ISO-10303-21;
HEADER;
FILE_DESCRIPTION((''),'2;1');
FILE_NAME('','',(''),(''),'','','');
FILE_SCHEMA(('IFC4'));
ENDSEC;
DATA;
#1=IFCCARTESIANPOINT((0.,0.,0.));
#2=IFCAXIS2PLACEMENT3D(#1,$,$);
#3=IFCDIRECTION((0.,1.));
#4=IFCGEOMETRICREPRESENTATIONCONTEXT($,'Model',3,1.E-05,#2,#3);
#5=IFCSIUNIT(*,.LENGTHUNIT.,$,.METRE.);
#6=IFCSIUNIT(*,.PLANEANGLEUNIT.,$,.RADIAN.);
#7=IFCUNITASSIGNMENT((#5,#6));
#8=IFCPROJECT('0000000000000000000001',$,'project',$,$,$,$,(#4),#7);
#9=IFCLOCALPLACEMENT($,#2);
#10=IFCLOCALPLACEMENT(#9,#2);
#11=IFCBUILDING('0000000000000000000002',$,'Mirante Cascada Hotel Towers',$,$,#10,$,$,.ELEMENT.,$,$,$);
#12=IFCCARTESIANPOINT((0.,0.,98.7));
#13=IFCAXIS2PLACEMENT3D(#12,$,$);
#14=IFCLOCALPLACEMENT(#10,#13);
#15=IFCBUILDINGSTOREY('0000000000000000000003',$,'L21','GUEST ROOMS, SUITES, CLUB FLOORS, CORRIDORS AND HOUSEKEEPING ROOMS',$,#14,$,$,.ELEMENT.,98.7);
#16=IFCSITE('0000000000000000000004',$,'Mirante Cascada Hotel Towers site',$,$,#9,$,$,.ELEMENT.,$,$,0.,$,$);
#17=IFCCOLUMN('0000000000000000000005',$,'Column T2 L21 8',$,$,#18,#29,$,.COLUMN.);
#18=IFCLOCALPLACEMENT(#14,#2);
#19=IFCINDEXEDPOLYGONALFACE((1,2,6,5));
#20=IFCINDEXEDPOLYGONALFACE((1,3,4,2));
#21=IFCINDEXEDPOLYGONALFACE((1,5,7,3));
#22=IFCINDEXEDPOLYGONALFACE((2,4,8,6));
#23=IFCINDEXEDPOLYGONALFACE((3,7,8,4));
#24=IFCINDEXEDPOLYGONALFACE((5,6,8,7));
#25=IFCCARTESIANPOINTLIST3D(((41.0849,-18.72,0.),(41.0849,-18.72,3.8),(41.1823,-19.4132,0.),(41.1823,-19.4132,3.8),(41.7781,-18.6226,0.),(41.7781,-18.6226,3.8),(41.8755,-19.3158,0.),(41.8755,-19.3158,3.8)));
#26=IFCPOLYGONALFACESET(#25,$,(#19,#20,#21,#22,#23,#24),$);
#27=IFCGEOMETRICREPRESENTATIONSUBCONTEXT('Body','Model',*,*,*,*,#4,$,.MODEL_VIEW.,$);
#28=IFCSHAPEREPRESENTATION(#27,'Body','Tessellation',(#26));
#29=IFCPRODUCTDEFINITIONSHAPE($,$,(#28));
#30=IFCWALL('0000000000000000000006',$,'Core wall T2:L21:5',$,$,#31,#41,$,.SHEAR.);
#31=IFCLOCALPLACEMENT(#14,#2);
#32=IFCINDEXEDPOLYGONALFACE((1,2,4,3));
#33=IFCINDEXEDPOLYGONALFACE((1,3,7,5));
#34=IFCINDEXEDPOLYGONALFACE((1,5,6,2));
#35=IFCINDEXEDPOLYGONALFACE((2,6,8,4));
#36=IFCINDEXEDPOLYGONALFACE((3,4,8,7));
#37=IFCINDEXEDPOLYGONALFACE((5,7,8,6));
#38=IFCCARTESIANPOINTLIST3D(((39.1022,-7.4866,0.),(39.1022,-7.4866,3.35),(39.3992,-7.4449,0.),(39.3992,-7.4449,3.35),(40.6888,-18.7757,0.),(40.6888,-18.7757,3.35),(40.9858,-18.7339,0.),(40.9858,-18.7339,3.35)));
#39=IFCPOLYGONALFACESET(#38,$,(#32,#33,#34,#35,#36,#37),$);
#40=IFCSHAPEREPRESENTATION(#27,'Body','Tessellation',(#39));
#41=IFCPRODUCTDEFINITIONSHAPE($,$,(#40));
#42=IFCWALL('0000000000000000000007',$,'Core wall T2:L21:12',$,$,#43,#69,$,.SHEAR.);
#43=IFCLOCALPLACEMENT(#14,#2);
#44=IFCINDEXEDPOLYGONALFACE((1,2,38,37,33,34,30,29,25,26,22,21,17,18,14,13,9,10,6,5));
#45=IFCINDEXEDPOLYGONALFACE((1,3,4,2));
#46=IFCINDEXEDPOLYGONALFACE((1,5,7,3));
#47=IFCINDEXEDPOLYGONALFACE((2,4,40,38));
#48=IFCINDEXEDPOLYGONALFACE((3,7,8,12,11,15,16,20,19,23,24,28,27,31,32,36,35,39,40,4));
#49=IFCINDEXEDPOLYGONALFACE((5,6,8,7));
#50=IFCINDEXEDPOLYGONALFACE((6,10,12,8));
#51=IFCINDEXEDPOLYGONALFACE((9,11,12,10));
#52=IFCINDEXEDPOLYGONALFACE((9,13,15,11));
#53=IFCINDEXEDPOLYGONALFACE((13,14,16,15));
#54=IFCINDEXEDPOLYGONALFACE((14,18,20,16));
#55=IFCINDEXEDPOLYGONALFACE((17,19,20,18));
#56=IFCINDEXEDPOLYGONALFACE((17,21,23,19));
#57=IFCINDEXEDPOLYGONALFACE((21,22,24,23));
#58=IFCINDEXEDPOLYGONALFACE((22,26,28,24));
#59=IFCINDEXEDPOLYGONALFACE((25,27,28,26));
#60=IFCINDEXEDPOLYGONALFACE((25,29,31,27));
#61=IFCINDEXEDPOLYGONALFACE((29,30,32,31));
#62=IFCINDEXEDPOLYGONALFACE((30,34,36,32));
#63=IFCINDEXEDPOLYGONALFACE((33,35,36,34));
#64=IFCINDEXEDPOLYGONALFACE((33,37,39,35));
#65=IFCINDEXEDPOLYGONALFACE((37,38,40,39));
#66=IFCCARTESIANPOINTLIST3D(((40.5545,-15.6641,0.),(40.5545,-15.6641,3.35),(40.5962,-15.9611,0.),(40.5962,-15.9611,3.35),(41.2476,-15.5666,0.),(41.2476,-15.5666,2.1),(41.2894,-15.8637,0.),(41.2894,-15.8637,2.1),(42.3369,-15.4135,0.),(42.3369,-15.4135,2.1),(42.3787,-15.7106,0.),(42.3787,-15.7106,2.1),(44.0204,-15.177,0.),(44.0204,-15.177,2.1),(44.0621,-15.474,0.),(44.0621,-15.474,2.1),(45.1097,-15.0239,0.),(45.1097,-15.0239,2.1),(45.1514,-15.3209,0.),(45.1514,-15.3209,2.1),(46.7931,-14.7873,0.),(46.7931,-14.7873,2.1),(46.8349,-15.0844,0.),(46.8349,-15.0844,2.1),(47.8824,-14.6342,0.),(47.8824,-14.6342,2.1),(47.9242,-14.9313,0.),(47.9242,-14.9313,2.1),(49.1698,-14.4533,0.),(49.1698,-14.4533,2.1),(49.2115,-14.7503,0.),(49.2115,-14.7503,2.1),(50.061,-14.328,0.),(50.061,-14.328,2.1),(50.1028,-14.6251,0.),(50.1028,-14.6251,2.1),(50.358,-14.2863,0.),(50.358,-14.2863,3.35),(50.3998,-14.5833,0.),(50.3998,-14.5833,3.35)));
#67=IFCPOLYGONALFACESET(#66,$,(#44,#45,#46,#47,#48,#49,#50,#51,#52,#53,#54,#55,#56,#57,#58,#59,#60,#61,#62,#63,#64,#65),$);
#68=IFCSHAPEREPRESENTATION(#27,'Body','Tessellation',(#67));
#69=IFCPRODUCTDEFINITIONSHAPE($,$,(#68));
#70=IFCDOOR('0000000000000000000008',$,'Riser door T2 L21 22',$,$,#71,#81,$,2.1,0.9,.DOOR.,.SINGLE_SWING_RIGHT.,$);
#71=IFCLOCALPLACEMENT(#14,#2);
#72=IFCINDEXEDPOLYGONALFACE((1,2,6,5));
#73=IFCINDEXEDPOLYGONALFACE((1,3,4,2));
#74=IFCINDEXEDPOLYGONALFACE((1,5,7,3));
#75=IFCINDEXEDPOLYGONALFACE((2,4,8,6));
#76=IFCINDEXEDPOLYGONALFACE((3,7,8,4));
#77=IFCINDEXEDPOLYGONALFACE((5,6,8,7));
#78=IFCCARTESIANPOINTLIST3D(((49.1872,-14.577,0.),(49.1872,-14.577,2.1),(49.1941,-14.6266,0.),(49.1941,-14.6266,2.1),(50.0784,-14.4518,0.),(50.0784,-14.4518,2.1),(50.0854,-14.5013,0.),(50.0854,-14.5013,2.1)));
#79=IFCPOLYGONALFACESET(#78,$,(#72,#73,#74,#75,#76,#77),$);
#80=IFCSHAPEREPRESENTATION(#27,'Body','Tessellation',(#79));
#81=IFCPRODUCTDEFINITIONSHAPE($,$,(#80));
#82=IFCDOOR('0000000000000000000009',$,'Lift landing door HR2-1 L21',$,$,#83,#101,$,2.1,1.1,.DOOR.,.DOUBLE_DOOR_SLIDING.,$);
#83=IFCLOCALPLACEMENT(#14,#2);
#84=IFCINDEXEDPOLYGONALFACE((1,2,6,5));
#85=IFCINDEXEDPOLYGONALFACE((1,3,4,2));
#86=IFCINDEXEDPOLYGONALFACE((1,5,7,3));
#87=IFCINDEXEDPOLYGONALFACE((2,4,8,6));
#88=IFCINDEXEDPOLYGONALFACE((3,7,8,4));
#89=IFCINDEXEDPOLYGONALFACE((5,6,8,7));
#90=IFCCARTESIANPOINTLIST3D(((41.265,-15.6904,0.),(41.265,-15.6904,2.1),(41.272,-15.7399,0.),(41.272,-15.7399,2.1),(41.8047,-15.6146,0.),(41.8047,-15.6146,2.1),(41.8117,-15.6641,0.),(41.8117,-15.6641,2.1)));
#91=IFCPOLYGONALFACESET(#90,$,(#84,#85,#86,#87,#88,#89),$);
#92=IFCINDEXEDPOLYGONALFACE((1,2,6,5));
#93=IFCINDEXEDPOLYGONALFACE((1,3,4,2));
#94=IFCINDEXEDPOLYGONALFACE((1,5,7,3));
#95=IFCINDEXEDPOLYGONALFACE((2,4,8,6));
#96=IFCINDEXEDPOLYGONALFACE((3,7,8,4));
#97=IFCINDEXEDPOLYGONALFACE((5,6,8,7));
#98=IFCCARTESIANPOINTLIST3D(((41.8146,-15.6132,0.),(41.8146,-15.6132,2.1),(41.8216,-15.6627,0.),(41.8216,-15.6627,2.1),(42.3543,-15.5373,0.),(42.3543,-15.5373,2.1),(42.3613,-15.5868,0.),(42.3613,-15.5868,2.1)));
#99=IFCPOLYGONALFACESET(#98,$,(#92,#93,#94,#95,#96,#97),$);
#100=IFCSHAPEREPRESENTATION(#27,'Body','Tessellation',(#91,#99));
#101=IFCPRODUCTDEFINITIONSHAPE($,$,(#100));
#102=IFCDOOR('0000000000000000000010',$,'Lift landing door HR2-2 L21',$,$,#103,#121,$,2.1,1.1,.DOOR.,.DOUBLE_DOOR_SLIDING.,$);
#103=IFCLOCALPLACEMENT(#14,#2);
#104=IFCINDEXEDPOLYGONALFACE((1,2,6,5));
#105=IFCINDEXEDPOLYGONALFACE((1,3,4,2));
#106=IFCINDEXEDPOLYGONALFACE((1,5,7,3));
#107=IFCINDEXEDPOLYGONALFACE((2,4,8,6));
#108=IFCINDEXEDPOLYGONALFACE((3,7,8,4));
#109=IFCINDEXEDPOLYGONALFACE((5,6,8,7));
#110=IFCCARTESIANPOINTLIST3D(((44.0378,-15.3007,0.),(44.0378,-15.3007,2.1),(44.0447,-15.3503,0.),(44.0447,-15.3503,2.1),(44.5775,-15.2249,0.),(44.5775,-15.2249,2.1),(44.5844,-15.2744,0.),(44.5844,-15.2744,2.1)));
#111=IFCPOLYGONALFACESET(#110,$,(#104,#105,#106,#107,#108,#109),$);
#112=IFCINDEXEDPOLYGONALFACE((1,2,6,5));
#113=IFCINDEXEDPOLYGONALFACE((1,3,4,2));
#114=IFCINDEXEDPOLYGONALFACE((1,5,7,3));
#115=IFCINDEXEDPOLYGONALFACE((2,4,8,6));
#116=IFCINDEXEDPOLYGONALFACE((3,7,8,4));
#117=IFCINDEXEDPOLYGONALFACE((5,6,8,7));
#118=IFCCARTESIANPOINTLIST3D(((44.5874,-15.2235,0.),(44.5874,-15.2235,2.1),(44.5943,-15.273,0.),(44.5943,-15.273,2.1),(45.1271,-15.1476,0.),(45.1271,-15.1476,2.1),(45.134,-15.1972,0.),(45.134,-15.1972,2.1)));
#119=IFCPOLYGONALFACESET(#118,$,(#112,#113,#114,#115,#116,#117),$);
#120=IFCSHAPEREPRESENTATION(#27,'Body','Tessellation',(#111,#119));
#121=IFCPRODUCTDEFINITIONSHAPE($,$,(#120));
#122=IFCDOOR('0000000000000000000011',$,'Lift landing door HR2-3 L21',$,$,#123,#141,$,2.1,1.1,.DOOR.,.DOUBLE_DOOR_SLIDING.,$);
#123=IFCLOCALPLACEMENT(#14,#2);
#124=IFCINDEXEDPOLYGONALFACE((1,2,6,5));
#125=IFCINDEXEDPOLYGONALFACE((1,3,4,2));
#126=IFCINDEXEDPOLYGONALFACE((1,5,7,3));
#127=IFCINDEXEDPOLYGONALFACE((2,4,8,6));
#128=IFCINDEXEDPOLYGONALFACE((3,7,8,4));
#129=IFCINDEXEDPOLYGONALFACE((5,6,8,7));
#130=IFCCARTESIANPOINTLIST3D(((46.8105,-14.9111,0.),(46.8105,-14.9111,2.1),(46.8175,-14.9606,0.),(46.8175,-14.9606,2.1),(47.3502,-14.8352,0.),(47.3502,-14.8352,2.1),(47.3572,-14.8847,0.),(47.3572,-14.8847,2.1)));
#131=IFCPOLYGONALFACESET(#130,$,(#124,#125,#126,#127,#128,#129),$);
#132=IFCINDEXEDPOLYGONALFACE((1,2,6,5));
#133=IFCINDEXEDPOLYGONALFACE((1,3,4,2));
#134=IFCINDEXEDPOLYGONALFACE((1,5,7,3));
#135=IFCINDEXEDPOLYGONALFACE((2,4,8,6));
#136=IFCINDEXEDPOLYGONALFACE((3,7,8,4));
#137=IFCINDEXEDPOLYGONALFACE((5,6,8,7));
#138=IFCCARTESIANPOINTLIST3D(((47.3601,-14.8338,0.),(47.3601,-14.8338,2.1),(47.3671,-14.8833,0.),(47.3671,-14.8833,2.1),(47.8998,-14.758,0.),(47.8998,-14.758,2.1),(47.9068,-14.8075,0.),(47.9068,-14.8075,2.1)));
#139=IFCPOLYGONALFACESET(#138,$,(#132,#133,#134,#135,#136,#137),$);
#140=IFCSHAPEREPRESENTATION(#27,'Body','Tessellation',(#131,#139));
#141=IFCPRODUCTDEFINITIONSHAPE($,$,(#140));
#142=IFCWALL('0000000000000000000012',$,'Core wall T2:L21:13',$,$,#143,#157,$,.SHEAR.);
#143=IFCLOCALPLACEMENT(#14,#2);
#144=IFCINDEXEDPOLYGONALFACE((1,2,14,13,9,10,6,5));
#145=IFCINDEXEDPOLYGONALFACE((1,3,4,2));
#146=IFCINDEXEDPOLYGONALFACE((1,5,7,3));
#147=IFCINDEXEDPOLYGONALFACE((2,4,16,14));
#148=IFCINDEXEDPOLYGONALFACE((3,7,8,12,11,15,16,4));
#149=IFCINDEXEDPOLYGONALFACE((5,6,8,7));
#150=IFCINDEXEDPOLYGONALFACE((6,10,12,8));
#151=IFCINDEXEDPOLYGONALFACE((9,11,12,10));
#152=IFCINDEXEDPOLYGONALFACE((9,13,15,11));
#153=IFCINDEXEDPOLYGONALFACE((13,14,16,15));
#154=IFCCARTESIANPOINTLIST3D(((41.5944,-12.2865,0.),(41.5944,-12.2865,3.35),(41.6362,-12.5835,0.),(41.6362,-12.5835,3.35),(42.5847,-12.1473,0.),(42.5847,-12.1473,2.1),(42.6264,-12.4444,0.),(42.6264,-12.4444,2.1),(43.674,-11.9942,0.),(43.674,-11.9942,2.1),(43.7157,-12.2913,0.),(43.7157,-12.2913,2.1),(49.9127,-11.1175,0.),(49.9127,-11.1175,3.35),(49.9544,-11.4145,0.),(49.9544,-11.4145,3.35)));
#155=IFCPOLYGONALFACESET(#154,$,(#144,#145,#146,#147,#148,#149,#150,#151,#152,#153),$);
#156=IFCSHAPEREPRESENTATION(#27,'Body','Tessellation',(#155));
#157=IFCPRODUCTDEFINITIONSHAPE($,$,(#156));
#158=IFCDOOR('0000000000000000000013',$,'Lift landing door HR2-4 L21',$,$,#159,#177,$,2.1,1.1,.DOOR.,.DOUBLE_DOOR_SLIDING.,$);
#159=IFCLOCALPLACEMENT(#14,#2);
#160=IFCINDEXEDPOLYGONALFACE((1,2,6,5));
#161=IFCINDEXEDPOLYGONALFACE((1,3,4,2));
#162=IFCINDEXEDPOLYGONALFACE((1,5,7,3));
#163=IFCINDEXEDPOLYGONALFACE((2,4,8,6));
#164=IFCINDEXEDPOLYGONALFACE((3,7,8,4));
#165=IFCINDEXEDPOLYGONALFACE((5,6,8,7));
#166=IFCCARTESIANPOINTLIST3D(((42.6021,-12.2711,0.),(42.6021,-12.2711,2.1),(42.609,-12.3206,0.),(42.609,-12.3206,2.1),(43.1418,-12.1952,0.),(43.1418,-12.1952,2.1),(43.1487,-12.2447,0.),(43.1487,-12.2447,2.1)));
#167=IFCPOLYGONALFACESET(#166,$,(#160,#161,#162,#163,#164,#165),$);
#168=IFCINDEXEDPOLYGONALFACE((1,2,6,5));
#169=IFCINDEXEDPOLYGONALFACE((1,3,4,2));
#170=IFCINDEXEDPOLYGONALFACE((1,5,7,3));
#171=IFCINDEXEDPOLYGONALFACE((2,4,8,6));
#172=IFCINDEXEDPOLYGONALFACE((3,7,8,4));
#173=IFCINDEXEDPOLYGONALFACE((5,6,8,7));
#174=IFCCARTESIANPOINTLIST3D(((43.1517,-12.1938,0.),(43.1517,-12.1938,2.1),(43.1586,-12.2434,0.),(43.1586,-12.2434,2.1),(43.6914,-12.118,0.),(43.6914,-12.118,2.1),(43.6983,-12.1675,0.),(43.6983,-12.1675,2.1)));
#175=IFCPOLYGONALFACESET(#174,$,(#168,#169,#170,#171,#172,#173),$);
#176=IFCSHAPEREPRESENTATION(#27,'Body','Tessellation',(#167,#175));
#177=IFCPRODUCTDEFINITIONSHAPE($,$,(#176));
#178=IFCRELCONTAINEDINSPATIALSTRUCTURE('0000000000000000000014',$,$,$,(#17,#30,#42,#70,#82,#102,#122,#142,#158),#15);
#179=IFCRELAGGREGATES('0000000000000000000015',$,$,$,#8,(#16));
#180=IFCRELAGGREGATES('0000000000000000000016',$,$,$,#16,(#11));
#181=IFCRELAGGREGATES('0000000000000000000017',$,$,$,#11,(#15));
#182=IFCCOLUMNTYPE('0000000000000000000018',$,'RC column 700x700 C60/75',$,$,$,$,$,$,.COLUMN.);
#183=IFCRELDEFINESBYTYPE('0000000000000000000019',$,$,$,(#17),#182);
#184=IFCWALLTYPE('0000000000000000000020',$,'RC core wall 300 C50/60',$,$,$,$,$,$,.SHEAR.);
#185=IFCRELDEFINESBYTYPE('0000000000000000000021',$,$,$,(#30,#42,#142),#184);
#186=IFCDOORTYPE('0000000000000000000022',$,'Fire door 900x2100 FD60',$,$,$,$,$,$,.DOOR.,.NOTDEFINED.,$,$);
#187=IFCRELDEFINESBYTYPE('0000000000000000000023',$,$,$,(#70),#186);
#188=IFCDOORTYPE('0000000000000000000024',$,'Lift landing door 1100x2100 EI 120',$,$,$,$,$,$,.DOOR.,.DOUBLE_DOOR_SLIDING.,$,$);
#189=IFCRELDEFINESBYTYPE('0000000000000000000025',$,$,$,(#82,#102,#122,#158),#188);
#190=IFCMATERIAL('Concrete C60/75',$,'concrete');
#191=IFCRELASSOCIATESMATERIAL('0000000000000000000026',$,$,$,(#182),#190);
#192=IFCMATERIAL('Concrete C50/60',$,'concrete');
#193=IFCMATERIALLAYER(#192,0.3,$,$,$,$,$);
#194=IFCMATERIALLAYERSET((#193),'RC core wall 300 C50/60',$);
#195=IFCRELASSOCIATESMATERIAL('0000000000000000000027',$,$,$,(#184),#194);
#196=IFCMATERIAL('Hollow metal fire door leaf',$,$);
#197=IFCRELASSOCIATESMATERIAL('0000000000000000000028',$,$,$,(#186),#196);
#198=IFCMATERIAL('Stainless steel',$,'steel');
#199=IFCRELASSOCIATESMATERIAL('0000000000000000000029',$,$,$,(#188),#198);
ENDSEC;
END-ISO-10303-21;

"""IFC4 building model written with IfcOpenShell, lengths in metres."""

from ifc_helpers import new_model, si_unit, direction, frame, frame_2d, origin, origin_2d, place, context, subcontext, project, spatial, rectangle, extrude, material, layer, layer_set, material_profile, profile_set, type_object, element, fill, save


model = new_model("IFC4")

# Units and contexts
model_context = context("Model", 3, precision=1e-05, world=origin(), true_north=direction((0.0, 1.0)))
body_context = subcontext(model_context, "Body", "Model", "MODEL_VIEW")
ifc_project = project(units=[si_unit("LENGTHUNIT", "METRE"), si_unit("PLANEANGLEUNIT", "RADIAN")], contexts=[model_context])

# Site, building, storey
site_placement = place(None, origin())
site = spatial("IfcSite", under=ifc_project, at=site_placement, Name="Mirante Cascada Hotel Towers site", CompositionType="ELEMENT", RefElevation=0.0)
building_placement = place(site_placement, origin())
building = spatial("IfcBuilding", under=site, at=building_placement, Name="Mirante Cascada Hotel Towers", CompositionType="ELEMENT")
storey_placement = place(building_placement, frame((0.0, 0.0, 98.7)))
storey = spatial("IfcBuildingStorey", under=building, at=storey_placement, Name="L21", Description="GUEST ROOMS, SUITES, CLUB FLOORS, CORRIDORS AND HOUSEKEEPING ROOMS", CompositionType="ELEMENT", Elevation=98.7)

# Column
ifc_material_1 = material(Name="Concrete C60/75", Category="concrete")
ifc_material_profile = material_profile(ifc_material_1, rectangle(XDim=0.7, YDim=0.7, at=origin_2d()), Name="RC column 700x700 C60/75")
ifc_profile_set = profile_set([ifc_material_profile], Name="Concrete C60/75")
column_type = type_object("IfcColumnType", Name="RC column 700x700 C60/75", PredefinedType="COLUMN", material=ifc_profile_set)
column_placement = place(storey_placement, frame((41.4802, -19.0179, 0.0), z_axis=(0.0, 0.0, 1.0), x_axis=(0.990268, 0.139173, 0.0)))
element("IfcColumn", 1, at=column_placement, inside=storey, type_object=column_type, Name="Column T2 L21 8", PredefinedType="COLUMN", context=body_context, shape_type="SweptSolid", body=[
    extrude(rectangle(XDim=0.7, YDim=0.7, at=origin_2d()), origin(), (0.0, 0.0, 1.0), 3.8),
])

# Wall
ifc_material_2 = material(Name="Concrete C50/60", Category="concrete")
ifc_layer_1 = layer(ifc_material_2, 0.3)
ifc_layer_set_1 = layer_set([ifc_layer_1], Name="RC core wall 300 C50/60")
wall_type_1 = type_object("IfcWallType", Name="RC core wall 300 C50/60", PredefinedType="SHEAR", material=ifc_layer_set_1)
wall_1_placement = place(storey_placement, frame((40.8373, -18.7548, 0.0), z_axis=(0.0, 0.0, 1.0), x_axis=(-0.139175, 0.990268, 0.0)))
element("IfcWall", 2, at=wall_1_placement, inside=storey, type_object=wall_type_1, Name="Core wall T2:L21:5", PredefinedType="SHEAR", context=body_context, shape_type="SweptSolid", body=[
    extrude(rectangle(XDim=11.4, YDim=0.3, at=frame_2d((5.7, 0.0))), origin(), (0.0, 0.0, 1.0), 3.35),
])

# Wall, openings, doors
wall_2_placement = place(storey_placement, frame((40.5753, -15.8126, 0.0), z_axis=(0.0, 0.0, 1.0), x_axis=(0.990268, 0.139173, 0.0)))
wall_2 = element("IfcWall", 3, at=wall_2_placement, inside=storey, type_object=wall_type_1, Name="Core wall T2:L21:12", PredefinedType="SHEAR", context=body_context, shape_type="SweptSolid", body=[
    extrude(rectangle(XDim=9.8999, YDim=0.3, at=frame_2d((4.95, 0.0))), origin(), (0.0, 0.0, 1.0), 3.35),
])
opening_1_placement = place(wall_2_placement, frame((0.7, 0.0, 0.0)))
opening_1 = element("IfcOpeningElement", 4, at=opening_1_placement, cuts=wall_2, PredefinedType="OPENING", context=body_context, shape_type="SweptSolid", body=[
    extrude(rectangle(XDim=1.1, YDim=2.1, at=frame_2d((0.55, 1.05))), frame((0.0, 0.15, 0.0), z_axis=(0.0, -1.0, 0.0), x_axis=(1.0, 0.0, 0.0)), (0.0, 0.0, 1.0), 0.3),
])
opening_2_placement = place(wall_2_placement, frame((3.5, 0.0, 0.0)))
opening_2 = element("IfcOpeningElement", 5, at=opening_2_placement, cuts=wall_2, PredefinedType="OPENING", context=body_context, shape_type="SweptSolid", body=[
    extrude(rectangle(XDim=1.1, YDim=2.1, at=frame_2d((0.55, 1.05))), frame((0.0, 0.15, 0.0), z_axis=(0.0, -1.0, 0.0), x_axis=(1.0, 0.0, 0.0)), (0.0, 0.0, 1.0), 0.3),
])
opening_3_placement = place(wall_2_placement, frame((6.3, 0.0, 0.0)))
opening_3 = element("IfcOpeningElement", 6, at=opening_3_placement, cuts=wall_2, PredefinedType="OPENING", context=body_context, shape_type="SweptSolid", body=[
    extrude(rectangle(XDim=1.1, YDim=2.1, at=frame_2d((0.55, 1.05))), frame((0.0, 0.15, 0.0), z_axis=(0.0, -1.0, 0.0), x_axis=(1.0, 0.0, 0.0)), (0.0, 0.0, 1.0), 0.3),
])
opening_4_placement = place(wall_2_placement, frame((8.7, 0.0, 0.0)))
opening_4 = element("IfcOpeningElement", 7, at=opening_4_placement, cuts=wall_2, PredefinedType="OPENING", context=body_context, shape_type="SweptSolid", body=[
    extrude(rectangle(XDim=0.9, YDim=2.1, at=frame_2d((0.45, 1.05))), frame((0.0, 0.15, 0.0), z_axis=(0.0, -1.0, 0.0), x_axis=(1.0, 0.0, 0.0)), (0.0, 0.0, 1.0), 0.3),
])
ifc_material_3 = material(Name="Hollow metal fire door leaf")
door_type_1 = type_object("IfcDoorType", Name="Fire door 900x2100 FD60", OperationType="NOTDEFINED", PredefinedType="DOOR", material=ifc_material_3)
door_1_placement = place(opening_4_placement, frame((0.9, 0.0, 0.0), z_axis=(0.0, 0.0, 1.0), x_axis=(-1.0, 0.0, 0.0)))
door_1 = element("IfcDoor", 8, at=door_1_placement, inside=storey, type_object=door_type_1, Name="Riser door T2 L21 22", OperationType="SINGLE_SWING_RIGHT", OverallHeight=2.1, OverallWidth=0.9, PredefinedType="DOOR", context=body_context, shape_type="SweptSolid", body=[
    extrude(rectangle(XDim=0.9, YDim=2.1, at=frame_2d((0.45, 1.05))), frame((0.0, 0.025, 0.0), z_axis=(0.0, -1.0, 0.0), x_axis=(1.0, 0.0, 0.0)), (0.0, 0.0, 1.0), 0.05),
])
fill(opening_4, door_1)
ifc_material_4 = material(Name="Stainless steel", Category="steel")
door_type_2 = type_object("IfcDoorType", Name="Lift landing door 1100x2100 EI 120", OperationType="DOUBLE_DOOR_SLIDING", PredefinedType="DOOR", material=ifc_material_4)
door_2_placement = place(opening_1_placement, origin())
door_2 = element("IfcDoor", 9, at=door_2_placement, inside=storey, type_object=door_type_2, Name="Lift landing door HR2-1 L21", OperationType="DOUBLE_DOOR_SLIDING", OverallHeight=2.1, OverallWidth=1.1, PredefinedType="DOOR", context=body_context, shape_type="SweptSolid", body=[
    extrude(rectangle(XDim=0.545, YDim=2.1, at=frame_2d((0.2725, 1.05))), frame((0.0, 0.025, 0.0), z_axis=(0.0, -1.0, 0.0), x_axis=(1.0, 0.0, 0.0)), (0.0, 0.0, 1.0), 0.05),
    extrude(rectangle(XDim=0.545, YDim=2.1, at=frame_2d((0.8275, 1.05))), frame((0.0, 0.025, 0.0), z_axis=(0.0, -1.0, 0.0), x_axis=(1.0, 0.0, 0.0)), (0.0, 0.0, 1.0), 0.05),
])
fill(opening_1, door_2)
door_3_placement = place(opening_2_placement, origin())
door_3 = element("IfcDoor", 10, at=door_3_placement, inside=storey, type_object=door_type_2, Name="Lift landing door HR2-2 L21", OperationType="DOUBLE_DOOR_SLIDING", OverallHeight=2.1, OverallWidth=1.1, PredefinedType="DOOR", context=body_context, shape_type="SweptSolid", body=[
    extrude(rectangle(XDim=0.545, YDim=2.1, at=frame_2d((0.2725, 1.05))), frame((0.0, 0.025, 0.0), z_axis=(0.0, -1.0, 0.0), x_axis=(1.0, 0.0, 0.0)), (0.0, 0.0, 1.0), 0.05),
    extrude(rectangle(XDim=0.545, YDim=2.1, at=frame_2d((0.8275, 1.05))), frame((0.0, 0.025, 0.0), z_axis=(0.0, -1.0, 0.0), x_axis=(1.0, 0.0, 0.0)), (0.0, 0.0, 1.0), 0.05),
])
fill(opening_2, door_3)
door_4_placement = place(opening_3_placement, origin())
door_4 = element("IfcDoor", 11, at=door_4_placement, inside=storey, type_object=door_type_2, Name="Lift landing door HR2-3 L21", OperationType="DOUBLE_DOOR_SLIDING", OverallHeight=2.1, OverallWidth=1.1, PredefinedType="DOOR", context=body_context, shape_type="SweptSolid", body=[
    extrude(rectangle(XDim=0.545, YDim=2.1, at=frame_2d((0.2725, 1.05))), frame((0.0, 0.025, 0.0), z_axis=(0.0, -1.0, 0.0), x_axis=(1.0, 0.0, 0.0)), (0.0, 0.0, 1.0), 0.05),
    extrude(rectangle(XDim=0.545, YDim=2.1, at=frame_2d((0.8275, 1.05))), frame((0.0, 0.025, 0.0), z_axis=(0.0, -1.0, 0.0), x_axis=(1.0, 0.0, 0.0)), (0.0, 0.0, 1.0), 0.05),
])
fill(opening_3, door_4)

# Wall, opening, door
wall_3_placement = place(storey_placement, frame((41.6153, -12.435, 0.0), z_axis=(0.0, 0.0, 1.0), x_axis=(0.990269, 0.139166, 0.0)))
wall_3 = element("IfcWall", 12, at=wall_3_placement, inside=storey, type_object=wall_type_1, Name="Core wall T2:L21:13", PredefinedType="SHEAR", context=body_context, shape_type="SweptSolid", body=[
    extrude(rectangle(XDim=8.4, YDim=0.3, at=frame_2d((4.2, 0.0))), origin(), (0.0, 0.0, 1.0), 3.35),
])
opening_5_placement = place(wall_3_placement, frame((1.0, 0.0, 0.0)))
opening_5 = element("IfcOpeningElement", 13, at=opening_5_placement, cuts=wall_3, PredefinedType="OPENING", context=body_context, shape_type="SweptSolid", body=[
    extrude(rectangle(XDim=1.1, YDim=2.1, at=frame_2d((0.55, 1.05))), frame((0.0, 0.15, 0.0), z_axis=(0.0, -1.0, 0.0), x_axis=(1.0, 0.0, 0.0)), (0.0, 0.0, 1.0), 0.3),
])
door_5_placement = place(opening_5_placement, origin())
door_5 = element("IfcDoor", 14, at=door_5_placement, inside=storey, type_object=door_type_2, Name="Lift landing door HR2-4 L21", OperationType="DOUBLE_DOOR_SLIDING", OverallHeight=2.1, OverallWidth=1.1, PredefinedType="DOOR", context=body_context, shape_type="SweptSolid", body=[
    extrude(rectangle(XDim=0.545, YDim=2.1, at=frame_2d((0.2725, 1.05))), frame((0.0, 0.025, 0.0), z_axis=(0.0, -1.0, 0.0), x_axis=(1.0, 0.0, 0.0)), (0.0, 0.0, 1.0), 0.05),
    extrude(rectangle(XDim=0.545, YDim=2.1, at=frame_2d((0.8275, 1.05))), frame((0.0, 0.025, 0.0), z_axis=(0.0, -1.0, 0.0), x_axis=(1.0, 0.0, 0.0)), (0.0, 0.0, 1.0), 0.05),
])
fill(opening_5, door_5)

save(model, "model.ifc")
